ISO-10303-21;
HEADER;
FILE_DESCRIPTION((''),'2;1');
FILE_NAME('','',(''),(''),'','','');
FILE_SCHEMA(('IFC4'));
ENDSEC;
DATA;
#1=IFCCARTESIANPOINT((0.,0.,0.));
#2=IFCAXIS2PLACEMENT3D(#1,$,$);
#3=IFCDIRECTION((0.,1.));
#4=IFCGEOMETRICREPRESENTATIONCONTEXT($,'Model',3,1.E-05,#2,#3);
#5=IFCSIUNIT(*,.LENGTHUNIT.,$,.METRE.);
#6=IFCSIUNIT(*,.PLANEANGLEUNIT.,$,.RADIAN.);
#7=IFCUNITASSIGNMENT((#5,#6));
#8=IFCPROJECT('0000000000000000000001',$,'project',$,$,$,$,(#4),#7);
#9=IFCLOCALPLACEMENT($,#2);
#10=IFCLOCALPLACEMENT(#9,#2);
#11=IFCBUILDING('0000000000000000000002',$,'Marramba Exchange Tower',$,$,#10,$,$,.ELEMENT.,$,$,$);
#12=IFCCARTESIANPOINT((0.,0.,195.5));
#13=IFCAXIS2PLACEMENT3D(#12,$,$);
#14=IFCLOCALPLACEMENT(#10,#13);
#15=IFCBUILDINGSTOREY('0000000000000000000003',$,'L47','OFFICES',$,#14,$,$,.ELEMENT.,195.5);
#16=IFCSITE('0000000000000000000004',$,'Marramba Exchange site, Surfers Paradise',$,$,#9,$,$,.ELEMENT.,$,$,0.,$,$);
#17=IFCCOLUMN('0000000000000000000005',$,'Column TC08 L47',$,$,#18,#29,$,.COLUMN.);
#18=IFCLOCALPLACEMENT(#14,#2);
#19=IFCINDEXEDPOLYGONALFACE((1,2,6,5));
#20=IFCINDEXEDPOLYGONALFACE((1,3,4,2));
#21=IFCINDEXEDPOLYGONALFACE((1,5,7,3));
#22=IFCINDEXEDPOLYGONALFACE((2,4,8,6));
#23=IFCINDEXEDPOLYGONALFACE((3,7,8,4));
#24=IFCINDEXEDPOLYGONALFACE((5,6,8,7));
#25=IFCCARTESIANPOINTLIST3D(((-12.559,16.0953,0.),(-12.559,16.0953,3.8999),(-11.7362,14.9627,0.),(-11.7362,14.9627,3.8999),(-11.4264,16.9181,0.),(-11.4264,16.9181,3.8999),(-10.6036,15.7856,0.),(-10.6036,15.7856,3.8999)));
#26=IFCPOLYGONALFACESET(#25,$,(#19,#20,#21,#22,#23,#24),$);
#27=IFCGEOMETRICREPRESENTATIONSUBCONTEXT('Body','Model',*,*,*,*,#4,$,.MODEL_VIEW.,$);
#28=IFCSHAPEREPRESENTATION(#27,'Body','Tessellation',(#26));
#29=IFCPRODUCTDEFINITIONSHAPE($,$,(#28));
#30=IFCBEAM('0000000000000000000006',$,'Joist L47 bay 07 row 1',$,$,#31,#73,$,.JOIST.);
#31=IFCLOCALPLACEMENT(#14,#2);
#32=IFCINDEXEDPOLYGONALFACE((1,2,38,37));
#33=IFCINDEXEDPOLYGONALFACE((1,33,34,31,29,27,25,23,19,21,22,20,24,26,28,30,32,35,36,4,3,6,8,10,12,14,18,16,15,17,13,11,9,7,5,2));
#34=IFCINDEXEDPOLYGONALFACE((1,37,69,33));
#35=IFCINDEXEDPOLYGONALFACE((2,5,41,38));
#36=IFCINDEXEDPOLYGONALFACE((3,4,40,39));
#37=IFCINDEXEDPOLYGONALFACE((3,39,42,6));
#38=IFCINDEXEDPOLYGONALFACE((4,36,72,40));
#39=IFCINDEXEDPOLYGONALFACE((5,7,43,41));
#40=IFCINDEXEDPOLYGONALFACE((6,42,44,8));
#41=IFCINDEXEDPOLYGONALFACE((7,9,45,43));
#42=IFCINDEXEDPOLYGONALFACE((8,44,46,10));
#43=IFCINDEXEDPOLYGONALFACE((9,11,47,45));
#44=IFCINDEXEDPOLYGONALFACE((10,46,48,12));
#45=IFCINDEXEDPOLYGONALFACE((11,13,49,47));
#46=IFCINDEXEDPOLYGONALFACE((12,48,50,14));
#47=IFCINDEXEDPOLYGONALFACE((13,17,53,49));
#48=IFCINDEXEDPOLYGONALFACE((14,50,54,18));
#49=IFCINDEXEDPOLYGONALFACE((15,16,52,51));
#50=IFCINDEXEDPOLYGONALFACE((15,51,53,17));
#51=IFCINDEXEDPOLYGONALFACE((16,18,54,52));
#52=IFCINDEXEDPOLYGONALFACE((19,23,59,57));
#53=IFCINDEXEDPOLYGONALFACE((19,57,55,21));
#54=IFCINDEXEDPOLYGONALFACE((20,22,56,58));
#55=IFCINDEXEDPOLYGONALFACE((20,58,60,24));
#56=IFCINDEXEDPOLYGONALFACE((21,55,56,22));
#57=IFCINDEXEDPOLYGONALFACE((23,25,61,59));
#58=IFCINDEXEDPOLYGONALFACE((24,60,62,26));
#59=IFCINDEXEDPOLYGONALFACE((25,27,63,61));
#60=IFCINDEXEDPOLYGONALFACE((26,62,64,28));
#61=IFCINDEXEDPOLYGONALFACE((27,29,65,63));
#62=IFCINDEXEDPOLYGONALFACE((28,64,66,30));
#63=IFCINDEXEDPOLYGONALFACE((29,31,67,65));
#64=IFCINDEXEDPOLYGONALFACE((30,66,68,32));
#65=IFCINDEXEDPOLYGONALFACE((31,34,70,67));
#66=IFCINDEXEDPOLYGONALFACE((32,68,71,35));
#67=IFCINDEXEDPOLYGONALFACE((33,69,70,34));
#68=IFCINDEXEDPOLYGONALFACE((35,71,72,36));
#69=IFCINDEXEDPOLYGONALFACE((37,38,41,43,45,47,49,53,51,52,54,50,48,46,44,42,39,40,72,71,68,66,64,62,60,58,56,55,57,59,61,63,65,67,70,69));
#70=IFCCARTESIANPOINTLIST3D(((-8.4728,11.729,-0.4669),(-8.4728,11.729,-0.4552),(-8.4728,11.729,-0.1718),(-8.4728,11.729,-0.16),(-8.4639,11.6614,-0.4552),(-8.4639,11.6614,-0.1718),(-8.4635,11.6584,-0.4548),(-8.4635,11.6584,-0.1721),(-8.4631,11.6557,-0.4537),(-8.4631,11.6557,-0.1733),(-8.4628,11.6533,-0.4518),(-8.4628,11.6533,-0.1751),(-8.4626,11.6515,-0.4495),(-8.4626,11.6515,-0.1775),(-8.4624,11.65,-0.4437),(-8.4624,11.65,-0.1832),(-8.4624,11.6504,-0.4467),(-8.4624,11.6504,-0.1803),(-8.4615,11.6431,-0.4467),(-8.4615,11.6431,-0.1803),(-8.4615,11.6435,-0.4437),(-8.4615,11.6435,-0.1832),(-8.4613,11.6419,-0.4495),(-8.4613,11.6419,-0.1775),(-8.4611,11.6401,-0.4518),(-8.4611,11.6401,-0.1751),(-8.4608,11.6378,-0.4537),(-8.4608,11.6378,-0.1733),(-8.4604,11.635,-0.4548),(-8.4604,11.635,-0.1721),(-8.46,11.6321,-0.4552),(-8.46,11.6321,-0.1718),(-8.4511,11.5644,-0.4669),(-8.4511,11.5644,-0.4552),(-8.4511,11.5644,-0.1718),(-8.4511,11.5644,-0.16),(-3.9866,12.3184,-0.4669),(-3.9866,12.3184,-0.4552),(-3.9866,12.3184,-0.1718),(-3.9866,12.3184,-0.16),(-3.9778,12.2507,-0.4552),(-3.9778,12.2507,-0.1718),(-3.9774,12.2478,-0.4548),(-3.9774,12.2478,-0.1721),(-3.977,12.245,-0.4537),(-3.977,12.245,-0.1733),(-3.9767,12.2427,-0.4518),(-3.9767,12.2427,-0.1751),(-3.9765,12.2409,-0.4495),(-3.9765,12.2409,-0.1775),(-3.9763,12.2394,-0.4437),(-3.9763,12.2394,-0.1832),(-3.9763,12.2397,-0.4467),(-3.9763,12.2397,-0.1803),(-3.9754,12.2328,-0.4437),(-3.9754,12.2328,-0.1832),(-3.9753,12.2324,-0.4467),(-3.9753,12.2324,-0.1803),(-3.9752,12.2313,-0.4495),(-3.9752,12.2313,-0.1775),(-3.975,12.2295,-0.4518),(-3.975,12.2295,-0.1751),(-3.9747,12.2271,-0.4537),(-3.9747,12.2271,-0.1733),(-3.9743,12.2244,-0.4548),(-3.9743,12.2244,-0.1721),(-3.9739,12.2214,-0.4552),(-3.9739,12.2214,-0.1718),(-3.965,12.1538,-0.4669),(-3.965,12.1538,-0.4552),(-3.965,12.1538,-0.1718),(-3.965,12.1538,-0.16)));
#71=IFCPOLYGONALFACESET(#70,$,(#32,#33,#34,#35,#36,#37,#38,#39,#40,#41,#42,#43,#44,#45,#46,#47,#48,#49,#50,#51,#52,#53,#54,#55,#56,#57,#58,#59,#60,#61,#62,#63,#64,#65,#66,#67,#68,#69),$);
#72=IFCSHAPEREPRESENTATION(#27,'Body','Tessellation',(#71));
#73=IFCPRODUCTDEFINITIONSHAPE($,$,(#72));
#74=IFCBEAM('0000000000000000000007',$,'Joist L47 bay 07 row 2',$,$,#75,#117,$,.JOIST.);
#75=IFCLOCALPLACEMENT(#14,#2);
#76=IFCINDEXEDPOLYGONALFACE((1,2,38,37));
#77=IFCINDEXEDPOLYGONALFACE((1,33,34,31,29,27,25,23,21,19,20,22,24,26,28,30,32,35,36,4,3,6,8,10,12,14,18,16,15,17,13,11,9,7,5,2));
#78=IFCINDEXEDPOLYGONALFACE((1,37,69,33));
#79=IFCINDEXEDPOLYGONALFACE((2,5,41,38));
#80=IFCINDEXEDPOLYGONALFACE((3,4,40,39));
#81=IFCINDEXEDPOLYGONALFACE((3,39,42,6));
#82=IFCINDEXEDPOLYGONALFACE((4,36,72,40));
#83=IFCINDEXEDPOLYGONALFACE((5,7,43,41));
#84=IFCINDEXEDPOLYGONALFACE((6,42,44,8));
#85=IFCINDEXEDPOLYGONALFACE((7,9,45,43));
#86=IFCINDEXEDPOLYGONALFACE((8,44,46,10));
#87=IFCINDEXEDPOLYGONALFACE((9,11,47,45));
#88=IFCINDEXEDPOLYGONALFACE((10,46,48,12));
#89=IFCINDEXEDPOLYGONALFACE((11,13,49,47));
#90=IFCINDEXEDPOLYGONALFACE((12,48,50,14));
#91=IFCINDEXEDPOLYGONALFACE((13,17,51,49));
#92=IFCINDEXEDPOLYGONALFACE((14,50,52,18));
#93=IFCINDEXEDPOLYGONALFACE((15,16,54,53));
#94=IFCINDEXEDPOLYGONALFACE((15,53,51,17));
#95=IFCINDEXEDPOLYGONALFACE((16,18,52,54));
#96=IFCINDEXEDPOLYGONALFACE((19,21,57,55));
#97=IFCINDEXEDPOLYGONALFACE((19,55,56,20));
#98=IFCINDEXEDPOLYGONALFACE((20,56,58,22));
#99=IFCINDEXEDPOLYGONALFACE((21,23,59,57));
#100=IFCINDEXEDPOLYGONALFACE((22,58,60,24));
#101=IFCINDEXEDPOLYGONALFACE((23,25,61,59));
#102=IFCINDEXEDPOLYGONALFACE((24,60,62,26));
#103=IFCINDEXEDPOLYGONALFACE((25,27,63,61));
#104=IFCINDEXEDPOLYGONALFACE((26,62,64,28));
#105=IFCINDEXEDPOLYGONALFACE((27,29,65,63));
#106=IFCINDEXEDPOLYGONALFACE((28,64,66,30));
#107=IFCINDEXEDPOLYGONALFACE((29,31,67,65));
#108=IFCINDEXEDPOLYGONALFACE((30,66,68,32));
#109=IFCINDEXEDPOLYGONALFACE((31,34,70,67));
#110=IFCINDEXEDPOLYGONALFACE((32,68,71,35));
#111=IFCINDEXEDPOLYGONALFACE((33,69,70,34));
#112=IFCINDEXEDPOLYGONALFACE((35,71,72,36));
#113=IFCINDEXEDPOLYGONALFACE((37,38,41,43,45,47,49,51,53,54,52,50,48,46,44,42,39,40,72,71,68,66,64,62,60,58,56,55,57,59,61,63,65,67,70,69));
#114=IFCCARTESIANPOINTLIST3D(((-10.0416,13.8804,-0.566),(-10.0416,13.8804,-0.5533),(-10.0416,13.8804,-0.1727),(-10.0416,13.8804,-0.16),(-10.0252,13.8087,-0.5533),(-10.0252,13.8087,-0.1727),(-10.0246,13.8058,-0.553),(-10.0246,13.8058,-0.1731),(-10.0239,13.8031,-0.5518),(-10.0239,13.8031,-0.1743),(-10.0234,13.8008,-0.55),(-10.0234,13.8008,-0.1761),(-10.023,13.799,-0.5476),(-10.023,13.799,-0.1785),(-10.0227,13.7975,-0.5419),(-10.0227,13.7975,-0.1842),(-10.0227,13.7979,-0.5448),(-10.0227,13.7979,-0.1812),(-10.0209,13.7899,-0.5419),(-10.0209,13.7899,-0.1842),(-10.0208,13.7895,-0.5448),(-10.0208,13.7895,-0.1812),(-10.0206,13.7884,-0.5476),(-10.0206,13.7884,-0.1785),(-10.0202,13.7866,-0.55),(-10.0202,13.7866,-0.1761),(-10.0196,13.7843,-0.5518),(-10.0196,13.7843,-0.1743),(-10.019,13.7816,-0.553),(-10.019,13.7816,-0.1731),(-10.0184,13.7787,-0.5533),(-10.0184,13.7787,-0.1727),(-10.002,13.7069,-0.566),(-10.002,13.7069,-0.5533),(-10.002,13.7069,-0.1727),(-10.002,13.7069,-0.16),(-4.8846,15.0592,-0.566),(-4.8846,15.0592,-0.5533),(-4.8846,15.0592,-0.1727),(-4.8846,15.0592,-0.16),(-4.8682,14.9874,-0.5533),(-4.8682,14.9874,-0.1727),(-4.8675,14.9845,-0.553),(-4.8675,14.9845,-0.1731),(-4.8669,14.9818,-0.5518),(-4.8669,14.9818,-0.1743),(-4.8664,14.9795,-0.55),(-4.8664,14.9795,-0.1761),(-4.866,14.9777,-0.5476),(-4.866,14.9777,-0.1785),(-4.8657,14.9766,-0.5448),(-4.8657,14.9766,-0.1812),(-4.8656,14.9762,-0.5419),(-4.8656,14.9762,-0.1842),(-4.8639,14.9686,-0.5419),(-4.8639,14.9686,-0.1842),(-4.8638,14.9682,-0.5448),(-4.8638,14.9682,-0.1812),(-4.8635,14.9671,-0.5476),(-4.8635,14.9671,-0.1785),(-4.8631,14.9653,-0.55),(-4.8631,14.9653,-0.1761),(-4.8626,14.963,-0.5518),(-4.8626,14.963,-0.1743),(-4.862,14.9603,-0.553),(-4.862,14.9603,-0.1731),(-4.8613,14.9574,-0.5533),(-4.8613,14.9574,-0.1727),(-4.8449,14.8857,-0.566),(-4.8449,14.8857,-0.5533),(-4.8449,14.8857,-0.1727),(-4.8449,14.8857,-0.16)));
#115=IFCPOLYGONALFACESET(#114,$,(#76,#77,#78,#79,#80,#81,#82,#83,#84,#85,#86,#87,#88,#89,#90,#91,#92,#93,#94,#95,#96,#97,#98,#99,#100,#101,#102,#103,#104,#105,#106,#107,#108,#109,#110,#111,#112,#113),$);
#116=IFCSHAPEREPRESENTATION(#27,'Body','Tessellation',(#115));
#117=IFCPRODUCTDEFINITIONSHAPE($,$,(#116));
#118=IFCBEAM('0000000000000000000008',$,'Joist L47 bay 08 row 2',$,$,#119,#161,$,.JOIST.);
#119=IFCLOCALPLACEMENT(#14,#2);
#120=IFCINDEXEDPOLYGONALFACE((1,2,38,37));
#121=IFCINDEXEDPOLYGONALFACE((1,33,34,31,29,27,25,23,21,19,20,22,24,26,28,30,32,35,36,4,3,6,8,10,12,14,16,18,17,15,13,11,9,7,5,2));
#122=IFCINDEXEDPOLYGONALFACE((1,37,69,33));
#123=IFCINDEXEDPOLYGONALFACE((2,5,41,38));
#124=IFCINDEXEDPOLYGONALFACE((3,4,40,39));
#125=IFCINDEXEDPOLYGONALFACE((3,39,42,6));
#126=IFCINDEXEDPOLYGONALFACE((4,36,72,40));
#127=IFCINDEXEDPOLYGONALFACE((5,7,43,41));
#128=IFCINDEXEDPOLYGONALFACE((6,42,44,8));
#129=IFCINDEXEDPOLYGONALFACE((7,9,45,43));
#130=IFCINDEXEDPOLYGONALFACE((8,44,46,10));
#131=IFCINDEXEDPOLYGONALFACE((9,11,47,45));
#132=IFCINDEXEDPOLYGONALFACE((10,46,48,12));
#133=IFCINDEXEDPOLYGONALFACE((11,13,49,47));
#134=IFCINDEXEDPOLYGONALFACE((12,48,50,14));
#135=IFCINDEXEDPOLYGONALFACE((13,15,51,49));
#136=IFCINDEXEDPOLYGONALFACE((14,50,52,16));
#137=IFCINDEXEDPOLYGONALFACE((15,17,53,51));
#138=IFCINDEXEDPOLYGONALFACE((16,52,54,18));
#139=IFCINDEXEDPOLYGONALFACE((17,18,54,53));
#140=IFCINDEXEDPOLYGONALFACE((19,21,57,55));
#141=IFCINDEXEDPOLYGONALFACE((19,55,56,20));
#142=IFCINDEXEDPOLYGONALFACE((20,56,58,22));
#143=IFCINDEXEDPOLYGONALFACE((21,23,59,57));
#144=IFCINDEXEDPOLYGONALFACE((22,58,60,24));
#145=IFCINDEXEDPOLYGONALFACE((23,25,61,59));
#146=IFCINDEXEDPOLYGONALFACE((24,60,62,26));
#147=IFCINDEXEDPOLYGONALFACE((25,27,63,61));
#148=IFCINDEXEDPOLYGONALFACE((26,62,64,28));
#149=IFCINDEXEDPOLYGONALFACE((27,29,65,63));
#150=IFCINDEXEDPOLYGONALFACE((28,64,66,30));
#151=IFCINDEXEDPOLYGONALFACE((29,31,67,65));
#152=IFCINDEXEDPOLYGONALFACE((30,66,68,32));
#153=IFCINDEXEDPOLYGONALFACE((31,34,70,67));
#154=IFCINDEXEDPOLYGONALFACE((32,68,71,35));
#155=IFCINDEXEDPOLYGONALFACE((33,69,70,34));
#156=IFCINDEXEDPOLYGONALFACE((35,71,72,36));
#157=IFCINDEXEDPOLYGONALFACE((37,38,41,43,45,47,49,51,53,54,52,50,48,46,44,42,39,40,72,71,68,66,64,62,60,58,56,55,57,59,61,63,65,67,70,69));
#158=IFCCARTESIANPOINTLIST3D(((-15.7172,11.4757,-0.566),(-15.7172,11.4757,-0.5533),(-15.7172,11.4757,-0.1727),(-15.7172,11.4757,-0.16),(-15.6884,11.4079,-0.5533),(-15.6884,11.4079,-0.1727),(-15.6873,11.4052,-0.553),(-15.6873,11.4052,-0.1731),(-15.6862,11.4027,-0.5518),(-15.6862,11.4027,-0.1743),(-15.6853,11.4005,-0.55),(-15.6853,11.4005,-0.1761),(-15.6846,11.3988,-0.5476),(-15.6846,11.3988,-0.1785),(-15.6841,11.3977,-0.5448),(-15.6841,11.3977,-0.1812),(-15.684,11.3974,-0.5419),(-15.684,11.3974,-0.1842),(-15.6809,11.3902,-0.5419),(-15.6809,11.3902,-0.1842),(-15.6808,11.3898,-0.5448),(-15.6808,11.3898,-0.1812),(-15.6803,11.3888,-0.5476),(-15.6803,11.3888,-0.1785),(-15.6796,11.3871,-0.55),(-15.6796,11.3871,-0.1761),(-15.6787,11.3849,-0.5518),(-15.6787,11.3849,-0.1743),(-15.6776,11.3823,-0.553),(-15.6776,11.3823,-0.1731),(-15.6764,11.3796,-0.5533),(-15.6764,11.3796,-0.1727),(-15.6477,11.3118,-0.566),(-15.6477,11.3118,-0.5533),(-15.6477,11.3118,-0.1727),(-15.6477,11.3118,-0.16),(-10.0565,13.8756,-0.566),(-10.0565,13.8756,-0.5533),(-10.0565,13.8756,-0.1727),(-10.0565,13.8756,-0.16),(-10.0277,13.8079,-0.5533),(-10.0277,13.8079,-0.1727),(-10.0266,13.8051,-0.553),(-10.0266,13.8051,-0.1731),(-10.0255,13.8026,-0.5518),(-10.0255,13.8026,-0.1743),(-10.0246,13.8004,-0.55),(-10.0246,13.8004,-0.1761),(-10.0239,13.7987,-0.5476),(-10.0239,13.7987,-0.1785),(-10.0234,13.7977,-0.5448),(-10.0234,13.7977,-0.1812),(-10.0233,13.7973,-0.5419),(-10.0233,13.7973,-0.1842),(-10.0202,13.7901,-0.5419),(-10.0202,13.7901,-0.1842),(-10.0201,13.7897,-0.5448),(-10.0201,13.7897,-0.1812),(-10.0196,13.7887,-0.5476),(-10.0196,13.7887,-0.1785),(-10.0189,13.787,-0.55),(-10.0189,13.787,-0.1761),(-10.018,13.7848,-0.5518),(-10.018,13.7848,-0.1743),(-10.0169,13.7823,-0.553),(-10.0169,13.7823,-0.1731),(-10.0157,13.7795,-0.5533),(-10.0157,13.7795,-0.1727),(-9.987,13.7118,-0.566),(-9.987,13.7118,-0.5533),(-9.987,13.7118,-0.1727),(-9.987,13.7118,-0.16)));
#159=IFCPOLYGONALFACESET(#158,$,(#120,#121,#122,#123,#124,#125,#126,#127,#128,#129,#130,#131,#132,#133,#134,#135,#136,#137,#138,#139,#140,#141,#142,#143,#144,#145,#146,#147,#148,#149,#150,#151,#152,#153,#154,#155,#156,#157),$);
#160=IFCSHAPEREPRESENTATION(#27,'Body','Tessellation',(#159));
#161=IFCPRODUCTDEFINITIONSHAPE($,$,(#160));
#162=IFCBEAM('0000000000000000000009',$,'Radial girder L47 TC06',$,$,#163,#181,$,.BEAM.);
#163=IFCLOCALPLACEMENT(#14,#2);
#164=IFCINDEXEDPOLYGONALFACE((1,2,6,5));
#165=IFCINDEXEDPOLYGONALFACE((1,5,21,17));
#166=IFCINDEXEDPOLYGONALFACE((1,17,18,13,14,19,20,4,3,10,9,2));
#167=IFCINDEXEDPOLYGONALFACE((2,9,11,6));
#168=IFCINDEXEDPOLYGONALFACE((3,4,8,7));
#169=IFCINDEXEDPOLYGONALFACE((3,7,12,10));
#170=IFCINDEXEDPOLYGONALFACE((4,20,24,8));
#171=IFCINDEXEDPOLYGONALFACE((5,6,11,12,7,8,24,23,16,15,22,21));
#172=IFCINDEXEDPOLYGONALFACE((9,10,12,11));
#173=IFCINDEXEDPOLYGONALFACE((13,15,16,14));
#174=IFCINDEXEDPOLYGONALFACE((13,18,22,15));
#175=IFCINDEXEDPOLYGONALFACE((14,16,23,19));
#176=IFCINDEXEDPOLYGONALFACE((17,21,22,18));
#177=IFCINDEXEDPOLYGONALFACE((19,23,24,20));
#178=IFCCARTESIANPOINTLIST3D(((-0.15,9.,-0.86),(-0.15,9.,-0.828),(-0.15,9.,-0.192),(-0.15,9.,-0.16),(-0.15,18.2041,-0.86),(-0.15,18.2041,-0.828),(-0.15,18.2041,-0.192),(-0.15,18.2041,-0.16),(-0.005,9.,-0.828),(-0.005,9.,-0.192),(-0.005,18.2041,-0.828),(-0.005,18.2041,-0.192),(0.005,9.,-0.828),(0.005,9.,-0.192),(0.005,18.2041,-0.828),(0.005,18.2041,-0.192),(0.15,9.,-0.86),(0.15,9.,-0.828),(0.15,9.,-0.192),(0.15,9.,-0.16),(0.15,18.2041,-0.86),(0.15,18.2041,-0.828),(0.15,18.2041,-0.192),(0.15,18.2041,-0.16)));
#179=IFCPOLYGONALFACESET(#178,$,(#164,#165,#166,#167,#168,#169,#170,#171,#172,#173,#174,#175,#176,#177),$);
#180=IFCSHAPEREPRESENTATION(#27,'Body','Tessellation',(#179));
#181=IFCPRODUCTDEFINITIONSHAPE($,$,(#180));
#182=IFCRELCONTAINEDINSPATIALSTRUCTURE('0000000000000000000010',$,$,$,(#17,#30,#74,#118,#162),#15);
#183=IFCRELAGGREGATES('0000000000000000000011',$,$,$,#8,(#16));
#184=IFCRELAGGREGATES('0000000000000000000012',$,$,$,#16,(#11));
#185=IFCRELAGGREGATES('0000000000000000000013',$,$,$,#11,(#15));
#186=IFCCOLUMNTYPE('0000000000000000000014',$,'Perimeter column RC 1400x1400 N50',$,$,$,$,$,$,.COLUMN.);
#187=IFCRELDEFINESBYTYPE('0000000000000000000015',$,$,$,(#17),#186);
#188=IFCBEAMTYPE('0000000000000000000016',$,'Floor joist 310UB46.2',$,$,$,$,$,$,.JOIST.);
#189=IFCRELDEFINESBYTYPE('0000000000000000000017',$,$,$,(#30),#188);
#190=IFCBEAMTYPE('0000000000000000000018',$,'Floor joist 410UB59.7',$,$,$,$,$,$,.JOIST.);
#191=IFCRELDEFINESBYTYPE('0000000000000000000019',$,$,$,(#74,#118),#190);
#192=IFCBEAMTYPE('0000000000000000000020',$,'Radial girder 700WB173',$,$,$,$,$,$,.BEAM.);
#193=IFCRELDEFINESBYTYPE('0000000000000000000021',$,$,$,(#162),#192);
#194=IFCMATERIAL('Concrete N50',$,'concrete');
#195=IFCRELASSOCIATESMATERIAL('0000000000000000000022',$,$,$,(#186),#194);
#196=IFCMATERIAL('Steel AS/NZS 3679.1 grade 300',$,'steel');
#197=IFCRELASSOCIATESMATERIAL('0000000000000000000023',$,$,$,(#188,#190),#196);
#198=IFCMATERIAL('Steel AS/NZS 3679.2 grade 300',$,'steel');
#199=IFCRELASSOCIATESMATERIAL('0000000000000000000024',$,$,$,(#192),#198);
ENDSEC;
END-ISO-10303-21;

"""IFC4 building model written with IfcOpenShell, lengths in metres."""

from ifc_helpers import new_model, si_unit, direction, frame, origin, origin_2d, place, context, subcontext, project, spatial, rectangle, i_section, extrude, material, material_profile, profile_set, type_object, element, save


model = new_model("IFC4")

# Units and contexts
model_context = context("Model", 3, precision=1e-05, world=origin(), true_north=direction((0.0, 1.0)))
body_context = subcontext(model_context, "Body", "Model", "MODEL_VIEW")
ifc_project = project(units=[si_unit("LENGTHUNIT", "METRE"), si_unit("PLANEANGLEUNIT", "RADIAN")], contexts=[model_context])

# Site, building, storey
site_placement = place(None, origin())
site = spatial("IfcSite", under=ifc_project, at=site_placement, Name="Marramba Exchange site, Surfers Paradise", CompositionType="ELEMENT", RefElevation=0.0)
building_placement = place(site_placement, origin())
building = spatial("IfcBuilding", under=site, at=building_placement, Name="Marramba Exchange Tower", CompositionType="ELEMENT")
storey_placement = place(building_placement, frame((0.0, 0.0, 195.5)))
storey = spatial("IfcBuildingStorey", under=building, at=storey_placement, Name="L47", Description="OFFICES", CompositionType="ELEMENT", Elevation=195.5)

# Column
ifc_material_1 = material(Name="Concrete N50", Category="concrete")
ifc_material_profile_1 = material_profile(ifc_material_1, rectangle(XDim=1.3999, YDim=1.3999, at=origin_2d()), Name="RC 1400x1400")
ifc_profile_set_1 = profile_set([ifc_material_profile_1], Name="Concrete N50")
column_type = type_object("IfcColumnType", Name="Perimeter column RC 1400x1400 N50", PredefinedType="COLUMN", material=ifc_profile_set_1)
column_placement = place(storey_placement, frame((-11.5813, 15.9404, 0.0), z_axis=(0.0, 0.0, 1.0), x_axis=(-0.587785, 0.809017, 0.0)))
element("IfcColumn", 1, at=column_placement, inside=storey, type_object=column_type, Name="Column TC08 L47", PredefinedType="COLUMN", context=body_context, shape_type="SweptSolid", body=[
    extrude(rectangle(XDim=1.3999, YDim=1.3999, at=origin_2d()), origin(), (0.0, 0.0, 1.0), 3.8999),
])

# Beams
ifc_material_2 = material(Name="Steel AS/NZS 3679.1 grade 300", Category="steel")
ifc_material_profile_2 = material_profile(ifc_material_2, i_section(OverallWidth=0.166, OverallDepth=0.3069, WebThickness=0.0066, FlangeThickness=0.0117, FilletRadius=0.0115, at=origin_2d()), Name="310UB46.2")
ifc_profile_set_2 = profile_set([ifc_material_profile_2], Name="Steel AS/NZS 3679.1 grade 300")
beam_type_1 = type_object("IfcBeamType", Name="Floor joist 310UB46.2", PredefinedType="JOIST", material=ifc_profile_set_2)
beam_1_placement = place(storey_placement, frame((-3.9758, 12.2361, -0.3135), z_axis=(-0.991481, -0.130255, 0.0), x_axis=(0.130255, -0.991481, 0.0)))
element("IfcBeam", 2, at=beam_1_placement, inside=storey, type_object=beam_type_1, Name="Joist L47 bay 07 row 1", PredefinedType="JOIST", context=body_context, shape_type="SweptSolid", body=[
    extrude(i_section(OverallWidth=0.166, OverallDepth=0.3069, WebThickness=0.0066, FlangeThickness=0.0117, FilletRadius=0.0115, at=origin_2d()), origin(), (0.0, 0.0, 1.0), 4.5247),
])
ifc_material_profile_3 = material_profile(ifc_material_2, i_section(OverallWidth=0.178, OverallDepth=0.406, WebThickness=0.0078, FlangeThickness=0.0127, FilletRadius=0.0115, at=origin_2d()), Name="410UB59.7")
ifc_profile_set_3 = profile_set([ifc_material_profile_3], Name="Steel AS/NZS 3679.1 grade 300")
beam_type_2 = type_object("IfcBeamType", Name="Floor joist 410UB59.7", PredefinedType="JOIST", material=ifc_profile_set_3)
beam_2_placement = place(storey_placement, frame((-4.8647, 14.9724, -0.363), z_axis=(-0.97486, -0.22282, 0.0), x_axis=(0.22282, -0.97486, 0.0)))
element("IfcBeam", 3, at=beam_2_placement, inside=storey, type_object=beam_type_2, Name="Joist L47 bay 07 row 2", PredefinedType="JOIST", context=body_context, shape_type="SweptSolid", body=[
    extrude(i_section(OverallWidth=0.178, OverallDepth=0.406, WebThickness=0.0078, FlangeThickness=0.0127, FilletRadius=0.0115, at=origin_2d()), origin(), (0.0, 0.0, 1.0), 5.29),
])
beam_3_placement = place(storey_placement, frame((-10.0217, 13.7937, -0.363), z_axis=(-0.920674, -0.390332, 0.0), x_axis=(0.390332, -0.920674, 0.0)))
element("IfcBeam", 4, at=beam_3_placement, inside=storey, type_object=beam_type_2, Name="Joist L47 bay 08 row 2", PredefinedType="JOIST", context=body_context, shape_type="SweptSolid", body=[
    extrude(i_section(OverallWidth=0.178, OverallDepth=0.406, WebThickness=0.0078, FlangeThickness=0.0127, FilletRadius=0.0115, at=origin_2d()), origin(), (0.0, 0.0, 1.0), 6.1484),
])
ifc_material_3 = material(Name="Steel AS/NZS 3679.2 grade 300", Category="steel")
ifc_material_profile_4 = material_profile(ifc_material_3, i_section(OverallWidth=0.3, OverallDepth=0.7, WebThickness=0.01, FlangeThickness=0.032, at=origin_2d()), Name="700WB173")
ifc_profile_set_4 = profile_set([ifc_material_profile_4], Name="Steel AS/NZS 3679.2 grade 300")
beam_type_3 = type_object("IfcBeamType", Name="Radial girder 700WB173", PredefinedType="BEAM", material=ifc_profile_set_4)
beam_4_placement = place(storey_placement, frame((0.0, 9.0, -0.51), z_axis=(0.0, 1.0, 0.0), x_axis=(-1.0, 0.0, 0.0)))
element("IfcBeam", 5, at=beam_4_placement, inside=storey, type_object=beam_type_3, Name="Radial girder L47 TC06", PredefinedType="BEAM", context=body_context, shape_type="SweptSolid", body=[
    extrude(i_section(OverallWidth=0.3, OverallDepth=0.7, WebThickness=0.01, FlangeThickness=0.032, at=origin_2d()), origin(), (0.0, 0.0, 1.0), 9.2041),
])

save(model, "model.ifc")
